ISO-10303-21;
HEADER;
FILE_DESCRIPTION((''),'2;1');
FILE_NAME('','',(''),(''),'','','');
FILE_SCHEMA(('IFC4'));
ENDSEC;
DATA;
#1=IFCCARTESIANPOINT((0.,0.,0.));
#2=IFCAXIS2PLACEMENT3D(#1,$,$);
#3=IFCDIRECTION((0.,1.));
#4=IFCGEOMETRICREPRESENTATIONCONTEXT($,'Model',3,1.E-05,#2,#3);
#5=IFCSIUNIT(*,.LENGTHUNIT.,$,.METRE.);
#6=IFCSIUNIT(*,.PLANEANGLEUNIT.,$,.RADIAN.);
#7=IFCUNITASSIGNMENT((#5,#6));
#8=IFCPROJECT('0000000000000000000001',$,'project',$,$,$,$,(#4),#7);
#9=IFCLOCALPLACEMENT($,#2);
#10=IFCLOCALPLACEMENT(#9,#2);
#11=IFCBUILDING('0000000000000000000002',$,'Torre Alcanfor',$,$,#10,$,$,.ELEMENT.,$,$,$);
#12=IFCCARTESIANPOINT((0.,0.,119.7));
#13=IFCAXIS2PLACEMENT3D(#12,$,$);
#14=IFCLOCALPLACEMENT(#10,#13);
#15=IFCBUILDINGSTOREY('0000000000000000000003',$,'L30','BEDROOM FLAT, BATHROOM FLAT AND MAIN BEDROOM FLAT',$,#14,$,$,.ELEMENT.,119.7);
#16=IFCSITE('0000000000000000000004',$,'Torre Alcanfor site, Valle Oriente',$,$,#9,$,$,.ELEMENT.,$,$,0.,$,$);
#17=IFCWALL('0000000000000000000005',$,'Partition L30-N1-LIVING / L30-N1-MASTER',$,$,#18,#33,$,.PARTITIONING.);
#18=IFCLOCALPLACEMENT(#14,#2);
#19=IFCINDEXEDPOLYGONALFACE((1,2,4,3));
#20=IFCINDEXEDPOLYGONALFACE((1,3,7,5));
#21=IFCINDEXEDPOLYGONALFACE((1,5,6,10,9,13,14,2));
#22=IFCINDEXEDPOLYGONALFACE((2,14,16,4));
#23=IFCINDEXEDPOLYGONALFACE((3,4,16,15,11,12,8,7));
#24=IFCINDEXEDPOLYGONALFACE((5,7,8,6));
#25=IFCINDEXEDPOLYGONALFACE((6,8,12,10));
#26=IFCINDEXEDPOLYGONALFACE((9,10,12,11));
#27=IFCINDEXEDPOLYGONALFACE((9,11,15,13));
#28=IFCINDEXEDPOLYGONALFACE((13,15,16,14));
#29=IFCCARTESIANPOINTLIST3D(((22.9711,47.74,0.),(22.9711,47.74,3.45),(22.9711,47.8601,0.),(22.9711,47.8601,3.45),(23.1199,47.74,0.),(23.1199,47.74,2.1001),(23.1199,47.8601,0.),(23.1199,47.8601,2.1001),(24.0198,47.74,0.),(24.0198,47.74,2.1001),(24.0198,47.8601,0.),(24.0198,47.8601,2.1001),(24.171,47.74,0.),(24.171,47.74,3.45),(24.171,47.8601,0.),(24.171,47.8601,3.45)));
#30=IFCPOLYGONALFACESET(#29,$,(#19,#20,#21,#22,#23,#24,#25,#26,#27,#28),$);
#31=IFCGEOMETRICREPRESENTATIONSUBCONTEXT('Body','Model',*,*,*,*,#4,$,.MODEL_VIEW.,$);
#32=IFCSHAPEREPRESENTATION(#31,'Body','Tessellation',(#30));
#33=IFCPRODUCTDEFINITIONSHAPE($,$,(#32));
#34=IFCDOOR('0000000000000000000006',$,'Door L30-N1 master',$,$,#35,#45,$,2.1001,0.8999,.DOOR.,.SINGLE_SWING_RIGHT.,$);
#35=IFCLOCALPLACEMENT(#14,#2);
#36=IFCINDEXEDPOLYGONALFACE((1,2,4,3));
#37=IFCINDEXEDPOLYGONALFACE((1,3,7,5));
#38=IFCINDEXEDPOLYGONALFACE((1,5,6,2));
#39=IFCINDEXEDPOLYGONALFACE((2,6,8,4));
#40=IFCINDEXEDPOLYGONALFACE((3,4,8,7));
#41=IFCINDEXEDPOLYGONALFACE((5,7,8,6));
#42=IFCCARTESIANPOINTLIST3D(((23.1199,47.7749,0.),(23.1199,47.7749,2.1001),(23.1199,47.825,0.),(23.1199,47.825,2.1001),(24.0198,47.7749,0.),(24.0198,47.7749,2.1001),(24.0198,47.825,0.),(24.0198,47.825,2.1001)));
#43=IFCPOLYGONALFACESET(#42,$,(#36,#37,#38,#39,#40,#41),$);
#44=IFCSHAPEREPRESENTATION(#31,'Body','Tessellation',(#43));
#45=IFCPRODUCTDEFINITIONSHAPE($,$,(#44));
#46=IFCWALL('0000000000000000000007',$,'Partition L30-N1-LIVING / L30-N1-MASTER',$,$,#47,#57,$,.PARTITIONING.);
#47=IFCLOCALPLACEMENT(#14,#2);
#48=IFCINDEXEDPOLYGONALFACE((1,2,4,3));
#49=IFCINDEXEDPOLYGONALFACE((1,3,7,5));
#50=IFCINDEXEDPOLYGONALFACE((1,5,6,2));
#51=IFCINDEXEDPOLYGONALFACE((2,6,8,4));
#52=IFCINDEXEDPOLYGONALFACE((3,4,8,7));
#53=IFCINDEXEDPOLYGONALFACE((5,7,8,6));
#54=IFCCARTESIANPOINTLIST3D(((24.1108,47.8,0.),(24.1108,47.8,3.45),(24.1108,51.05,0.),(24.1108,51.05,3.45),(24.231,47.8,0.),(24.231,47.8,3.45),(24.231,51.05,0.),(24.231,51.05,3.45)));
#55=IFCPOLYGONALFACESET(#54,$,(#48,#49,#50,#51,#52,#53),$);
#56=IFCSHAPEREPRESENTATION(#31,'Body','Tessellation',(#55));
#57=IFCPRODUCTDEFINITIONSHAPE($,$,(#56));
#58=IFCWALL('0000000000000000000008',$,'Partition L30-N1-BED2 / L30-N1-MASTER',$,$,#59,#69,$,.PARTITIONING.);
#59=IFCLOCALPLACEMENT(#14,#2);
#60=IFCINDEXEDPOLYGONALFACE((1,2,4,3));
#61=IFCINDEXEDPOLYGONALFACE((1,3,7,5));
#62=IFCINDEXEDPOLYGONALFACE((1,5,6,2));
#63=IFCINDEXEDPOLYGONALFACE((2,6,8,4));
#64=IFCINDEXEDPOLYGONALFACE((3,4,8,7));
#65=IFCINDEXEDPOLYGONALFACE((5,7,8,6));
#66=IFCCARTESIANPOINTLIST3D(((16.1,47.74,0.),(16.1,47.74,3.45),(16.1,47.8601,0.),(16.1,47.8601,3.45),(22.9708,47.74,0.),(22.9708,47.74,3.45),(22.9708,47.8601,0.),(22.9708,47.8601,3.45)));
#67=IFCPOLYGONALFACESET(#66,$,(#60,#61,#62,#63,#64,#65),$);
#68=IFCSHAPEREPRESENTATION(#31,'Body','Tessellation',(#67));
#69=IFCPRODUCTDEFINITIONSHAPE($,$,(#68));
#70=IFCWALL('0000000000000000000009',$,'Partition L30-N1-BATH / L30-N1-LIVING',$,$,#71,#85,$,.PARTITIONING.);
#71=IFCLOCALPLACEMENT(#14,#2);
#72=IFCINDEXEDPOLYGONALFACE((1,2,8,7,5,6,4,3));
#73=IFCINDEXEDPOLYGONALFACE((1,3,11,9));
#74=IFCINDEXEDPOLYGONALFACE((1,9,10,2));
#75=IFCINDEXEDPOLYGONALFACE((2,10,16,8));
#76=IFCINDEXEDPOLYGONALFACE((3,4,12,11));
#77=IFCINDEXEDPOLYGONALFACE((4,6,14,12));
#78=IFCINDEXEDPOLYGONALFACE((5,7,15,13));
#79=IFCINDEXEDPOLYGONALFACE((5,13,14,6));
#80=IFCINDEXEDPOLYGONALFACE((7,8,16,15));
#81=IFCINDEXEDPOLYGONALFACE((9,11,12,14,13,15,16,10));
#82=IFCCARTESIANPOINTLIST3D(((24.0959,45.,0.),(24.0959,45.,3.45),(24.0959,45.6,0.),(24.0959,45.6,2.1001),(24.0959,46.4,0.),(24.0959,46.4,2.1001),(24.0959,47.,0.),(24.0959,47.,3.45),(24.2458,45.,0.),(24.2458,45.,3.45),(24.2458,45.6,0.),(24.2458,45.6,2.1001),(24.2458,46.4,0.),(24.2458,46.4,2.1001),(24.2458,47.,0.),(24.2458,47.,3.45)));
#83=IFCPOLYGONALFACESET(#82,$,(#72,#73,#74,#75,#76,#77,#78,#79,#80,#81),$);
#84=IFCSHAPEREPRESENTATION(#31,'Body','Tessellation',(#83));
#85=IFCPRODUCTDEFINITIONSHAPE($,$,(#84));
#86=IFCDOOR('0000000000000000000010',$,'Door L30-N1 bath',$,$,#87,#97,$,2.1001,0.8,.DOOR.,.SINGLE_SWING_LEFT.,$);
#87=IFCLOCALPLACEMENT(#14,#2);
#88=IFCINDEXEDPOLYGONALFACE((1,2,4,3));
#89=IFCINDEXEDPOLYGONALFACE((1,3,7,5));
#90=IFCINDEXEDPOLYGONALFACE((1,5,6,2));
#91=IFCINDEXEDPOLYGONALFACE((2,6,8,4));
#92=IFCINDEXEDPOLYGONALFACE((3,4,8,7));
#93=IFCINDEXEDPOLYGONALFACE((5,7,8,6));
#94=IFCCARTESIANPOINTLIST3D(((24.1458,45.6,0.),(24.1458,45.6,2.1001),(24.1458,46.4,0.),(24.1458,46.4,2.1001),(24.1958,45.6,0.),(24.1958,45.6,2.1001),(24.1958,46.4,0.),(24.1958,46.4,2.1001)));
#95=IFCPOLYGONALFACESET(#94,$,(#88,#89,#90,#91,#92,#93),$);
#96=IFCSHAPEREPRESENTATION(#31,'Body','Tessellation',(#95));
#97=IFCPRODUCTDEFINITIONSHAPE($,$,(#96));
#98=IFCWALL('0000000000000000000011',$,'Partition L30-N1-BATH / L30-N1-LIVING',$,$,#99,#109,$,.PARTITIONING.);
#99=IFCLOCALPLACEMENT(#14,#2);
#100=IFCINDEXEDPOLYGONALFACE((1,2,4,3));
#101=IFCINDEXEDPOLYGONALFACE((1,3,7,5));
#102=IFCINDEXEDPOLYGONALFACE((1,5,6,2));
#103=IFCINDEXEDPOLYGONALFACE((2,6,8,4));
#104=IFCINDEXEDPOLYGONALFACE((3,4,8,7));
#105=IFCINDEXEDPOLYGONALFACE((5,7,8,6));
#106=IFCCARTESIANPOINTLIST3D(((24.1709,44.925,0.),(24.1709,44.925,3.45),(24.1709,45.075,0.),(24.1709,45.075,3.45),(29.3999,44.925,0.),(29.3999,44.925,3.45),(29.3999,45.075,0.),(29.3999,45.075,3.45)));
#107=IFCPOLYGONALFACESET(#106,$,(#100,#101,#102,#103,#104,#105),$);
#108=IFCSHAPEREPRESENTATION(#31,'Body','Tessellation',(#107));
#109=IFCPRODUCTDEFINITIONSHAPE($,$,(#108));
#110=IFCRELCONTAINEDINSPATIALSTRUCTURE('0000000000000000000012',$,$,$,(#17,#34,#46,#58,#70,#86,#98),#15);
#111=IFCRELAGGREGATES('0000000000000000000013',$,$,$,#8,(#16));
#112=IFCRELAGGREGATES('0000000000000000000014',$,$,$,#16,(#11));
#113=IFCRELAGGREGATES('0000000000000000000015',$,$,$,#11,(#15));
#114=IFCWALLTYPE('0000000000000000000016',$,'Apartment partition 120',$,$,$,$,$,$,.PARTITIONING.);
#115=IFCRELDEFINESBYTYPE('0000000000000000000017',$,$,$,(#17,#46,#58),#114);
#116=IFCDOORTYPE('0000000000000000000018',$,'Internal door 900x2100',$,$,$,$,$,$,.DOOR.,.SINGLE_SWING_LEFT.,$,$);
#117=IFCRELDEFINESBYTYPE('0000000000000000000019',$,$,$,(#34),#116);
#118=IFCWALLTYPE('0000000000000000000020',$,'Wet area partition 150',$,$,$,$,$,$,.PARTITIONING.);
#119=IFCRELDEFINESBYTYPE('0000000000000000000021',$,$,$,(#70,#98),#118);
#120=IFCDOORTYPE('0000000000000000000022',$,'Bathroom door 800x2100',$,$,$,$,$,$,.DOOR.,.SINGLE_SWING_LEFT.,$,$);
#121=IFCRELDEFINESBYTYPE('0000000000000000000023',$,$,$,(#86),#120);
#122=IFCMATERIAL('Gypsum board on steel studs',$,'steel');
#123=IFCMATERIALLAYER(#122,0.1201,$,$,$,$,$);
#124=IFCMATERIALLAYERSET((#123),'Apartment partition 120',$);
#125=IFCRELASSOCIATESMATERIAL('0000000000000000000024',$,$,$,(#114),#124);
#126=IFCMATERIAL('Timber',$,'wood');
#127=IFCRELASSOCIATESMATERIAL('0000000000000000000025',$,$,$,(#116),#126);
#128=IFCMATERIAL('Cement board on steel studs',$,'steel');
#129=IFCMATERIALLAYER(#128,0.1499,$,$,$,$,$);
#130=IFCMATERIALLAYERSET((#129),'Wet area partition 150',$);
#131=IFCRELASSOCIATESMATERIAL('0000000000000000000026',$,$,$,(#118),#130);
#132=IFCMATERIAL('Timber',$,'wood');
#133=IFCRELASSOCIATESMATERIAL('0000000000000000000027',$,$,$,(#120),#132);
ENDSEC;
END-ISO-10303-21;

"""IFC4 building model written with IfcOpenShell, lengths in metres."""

from ifc_helpers import new_model, si_unit, direction, frame, frame_2d, origin, place, context, subcontext, project, spatial, rectangle, extrude, material, layer, layer_set, type_object, element, fill, save


model = new_model("IFC4")

# Units and contexts
model_context = context("Model", 3, precision=1e-05, world=origin(), true_north=direction((0.0, 1.0)))
body_context = subcontext(model_context, "Body", "Model", "MODEL_VIEW")
ifc_project = project(units=[si_unit("LENGTHUNIT", "METRE"), si_unit("PLANEANGLEUNIT", "RADIAN")], contexts=[model_context])

# Site, building, storey
site_placement = place(None, origin())
site = spatial("IfcSite", under=ifc_project, at=site_placement, Name="Torre Alcanfor site, Valle Oriente", CompositionType="ELEMENT", RefElevation=0.0)
building_placement = place(site_placement, origin())
building = spatial("IfcBuilding", under=site, at=building_placement, Name="Torre Alcanfor", CompositionType="ELEMENT")
storey_placement = place(building_placement, frame((0.0, 0.0, 119.7)))
storey = spatial("IfcBuildingStorey", under=building, at=storey_placement, Name="L30", Description="BEDROOM FLAT, BATHROOM FLAT AND MAIN BEDROOM FLAT", CompositionType="ELEMENT", Elevation=119.7)

# Wall, opening, door
ifc_material_1 = material(Name="Gypsum board on steel studs", Category="steel")
ifc_layer_1 = layer(ifc_material_1, 0.1201)
ifc_layer_set_1 = layer_set([ifc_layer_1], Name="Apartment partition 120")
wall_type_1 = type_object("IfcWallType", Name="Apartment partition 120", PredefinedType="PARTITIONING", material=ifc_layer_set_1)
ifc_material_2 = material(Name="Timber", Category="wood")
door_type_1 = type_object("IfcDoorType", Name="Internal door 900x2100", OperationType="SINGLE_SWING_LEFT", PredefinedType="DOOR", material=ifc_material_2)
wall_1_placement = place(storey_placement, frame((22.9709, 47.8, 0.0), z_axis=(0.0, 0.0, 1.0), x_axis=(1.0, 0.0, 0.0)))
wall_1 = element("IfcWall", 1, at=wall_1_placement, inside=storey, type_object=wall_type_1, Name="Partition L30-N1-LIVING / L30-N1-MASTER", PredefinedType="PARTITIONING", context=body_context, shape_type="SweptSolid", body=[
    extrude(rectangle(XDim=1.2, YDim=0.1201, at=frame_2d((0.6001, 0.0))), origin(), (0.0, 0.0, 1.0), 3.45),
])
opening_1_placement = place(wall_1_placement, frame((0.1489, 0.0, 0.0)))
opening_1 = element("IfcOpeningElement", 2, at=opening_1_placement, cuts=wall_1, PredefinedType="OPENING", context=body_context, shape_type="SweptSolid", body=[
    extrude(rectangle(XDim=0.8999, YDim=2.1001, at=frame_2d((0.45, 1.05))), frame((0.0, 0.0701, 0.0), z_axis=(0.0, -1.0, 0.0), x_axis=(1.0, 0.0, 0.0)), (0.0, 0.0, 1.0), 0.1401),
])
door_1_placement = place(opening_1_placement, origin())
door_1 = element("IfcDoor", 3, at=door_1_placement, inside=storey, type_object=door_type_1, Name="Door L30-N1 master", OperationType="SINGLE_SWING_RIGHT", OverallHeight=2.1001, OverallWidth=0.8999, PredefinedType="DOOR", context=body_context, shape_type="SweptSolid", body=[
    extrude(rectangle(XDim=0.8999, YDim=2.1001, at=frame_2d((0.45, 1.05))), frame((0.0, 0.0249, 0.0), z_axis=(0.0, -1.0, 0.0), x_axis=(1.0, 0.0, 0.0)), (0.0, 0.0, 1.0), 0.05),
])
fill(opening_1, door_1)

# Walls
wall_2_placement = place(storey_placement, frame((24.1709, 47.8, 0.0), z_axis=(0.0, 0.0, 1.0), x_axis=(0.0, 1.0, 0.0)))
element("IfcWall", 4, at=wall_2_placement, inside=storey, type_object=wall_type_1, Name="Partition L30-N1-LIVING / L30-N1-MASTER", PredefinedType="PARTITIONING", context=body_context, shape_type="SweptSolid", body=[
    extrude(rectangle(XDim=3.25, YDim=0.1201, at=frame_2d((1.625, 0.0))), origin(), (0.0, 0.0, 1.0), 3.45),
])
wall_3_placement = place(storey_placement, frame((22.9709, 47.8, 0.0), z_axis=(0.0, 0.0, 1.0), x_axis=(-1.0, 0.0, 0.0)))
element("IfcWall", 5, at=wall_3_placement, inside=storey, type_object=wall_type_1, Name="Partition L30-N1-BED2 / L30-N1-MASTER", PredefinedType="PARTITIONING", context=body_context, shape_type="SweptSolid", body=[
    extrude(rectangle(XDim=6.8708, YDim=0.1201, at=frame_2d((3.4355, 0.0))), origin(), (0.0, 0.0, 1.0), 3.45),
])

# Wall, opening, door
ifc_material_3 = material(Name="Cement board on steel studs", Category="steel")
ifc_layer_2 = layer(ifc_material_3, 0.1499)
ifc_layer_set_2 = layer_set([ifc_layer_2], Name="Wet area partition 150")
wall_type_2 = type_object("IfcWallType", Name="Wet area partition 150", PredefinedType="PARTITIONING", material=ifc_layer_set_2)
wall_4_placement = place(storey_placement, frame((24.1709, 47.0, 0.0), z_axis=(0.0, 0.0, 1.0), x_axis=(0.0, -1.0, 0.0)))
wall_4 = element("IfcWall", 6, at=wall_4_placement, inside=storey, type_object=wall_type_2, Name="Partition L30-N1-BATH / L30-N1-LIVING", PredefinedType="PARTITIONING", context=body_context, shape_type="SweptSolid", body=[
    extrude(rectangle(XDim=2.0, YDim=0.1499, at=frame_2d((1.0, 0.0))), origin(), (0.0, 0.0, 1.0), 3.45),
])
opening_2_placement = place(wall_4_placement, frame((0.6001, 0.0, 0.0)))
opening_2 = element("IfcOpeningElement", 7, at=opening_2_placement, cuts=wall_4, PredefinedType="OPENING", context=body_context, shape_type="SweptSolid", body=[
    extrude(rectangle(XDim=0.8, YDim=2.1001, at=frame_2d((0.3999, 1.05))), frame((0.0, 0.085, 0.0), z_axis=(0.0, -1.0, 0.0), x_axis=(1.0, 0.0, 0.0)), (0.0, 0.0, 1.0), 0.1699),
])
ifc_material_4 = material(Name="Timber", Category="wood")
door_type_2 = type_object("IfcDoorType", Name="Bathroom door 800x2100", OperationType="SINGLE_SWING_LEFT", PredefinedType="DOOR", material=ifc_material_4)
door_2_placement = place(opening_2_placement, origin())
door_2 = element("IfcDoor", 8, at=door_2_placement, inside=storey, type_object=door_type_2, Name="Door L30-N1 bath", OperationType="SINGLE_SWING_LEFT", OverallHeight=2.1001, OverallWidth=0.8, PredefinedType="DOOR", context=body_context, shape_type="SweptSolid", body=[
    extrude(rectangle(XDim=0.8, YDim=2.1001, at=frame_2d((0.3999, 1.05))), frame((0.0, 0.0249, 0.0), z_axis=(0.0, -1.0, 0.0), x_axis=(1.0, 0.0, 0.0)), (0.0, 0.0, 1.0), 0.05),
])
fill(opening_2, door_2)

# Wall
wall_5_placement = place(storey_placement, frame((24.1709, 45.0, 0.0), z_axis=(0.0, 0.0, 1.0), x_axis=(1.0, 0.0, 0.0)))
element("IfcWall", 9, at=wall_5_placement, inside=storey, type_object=wall_type_2, Name="Partition L30-N1-BATH / L30-N1-LIVING", PredefinedType="PARTITIONING", context=body_context, shape_type="SweptSolid", body=[
    extrude(rectangle(XDim=5.229, YDim=0.1499, at=frame_2d((2.6145, 0.0))), origin(), (0.0, 0.0, 1.0), 3.45),
])

save(model, "model.ifc")
